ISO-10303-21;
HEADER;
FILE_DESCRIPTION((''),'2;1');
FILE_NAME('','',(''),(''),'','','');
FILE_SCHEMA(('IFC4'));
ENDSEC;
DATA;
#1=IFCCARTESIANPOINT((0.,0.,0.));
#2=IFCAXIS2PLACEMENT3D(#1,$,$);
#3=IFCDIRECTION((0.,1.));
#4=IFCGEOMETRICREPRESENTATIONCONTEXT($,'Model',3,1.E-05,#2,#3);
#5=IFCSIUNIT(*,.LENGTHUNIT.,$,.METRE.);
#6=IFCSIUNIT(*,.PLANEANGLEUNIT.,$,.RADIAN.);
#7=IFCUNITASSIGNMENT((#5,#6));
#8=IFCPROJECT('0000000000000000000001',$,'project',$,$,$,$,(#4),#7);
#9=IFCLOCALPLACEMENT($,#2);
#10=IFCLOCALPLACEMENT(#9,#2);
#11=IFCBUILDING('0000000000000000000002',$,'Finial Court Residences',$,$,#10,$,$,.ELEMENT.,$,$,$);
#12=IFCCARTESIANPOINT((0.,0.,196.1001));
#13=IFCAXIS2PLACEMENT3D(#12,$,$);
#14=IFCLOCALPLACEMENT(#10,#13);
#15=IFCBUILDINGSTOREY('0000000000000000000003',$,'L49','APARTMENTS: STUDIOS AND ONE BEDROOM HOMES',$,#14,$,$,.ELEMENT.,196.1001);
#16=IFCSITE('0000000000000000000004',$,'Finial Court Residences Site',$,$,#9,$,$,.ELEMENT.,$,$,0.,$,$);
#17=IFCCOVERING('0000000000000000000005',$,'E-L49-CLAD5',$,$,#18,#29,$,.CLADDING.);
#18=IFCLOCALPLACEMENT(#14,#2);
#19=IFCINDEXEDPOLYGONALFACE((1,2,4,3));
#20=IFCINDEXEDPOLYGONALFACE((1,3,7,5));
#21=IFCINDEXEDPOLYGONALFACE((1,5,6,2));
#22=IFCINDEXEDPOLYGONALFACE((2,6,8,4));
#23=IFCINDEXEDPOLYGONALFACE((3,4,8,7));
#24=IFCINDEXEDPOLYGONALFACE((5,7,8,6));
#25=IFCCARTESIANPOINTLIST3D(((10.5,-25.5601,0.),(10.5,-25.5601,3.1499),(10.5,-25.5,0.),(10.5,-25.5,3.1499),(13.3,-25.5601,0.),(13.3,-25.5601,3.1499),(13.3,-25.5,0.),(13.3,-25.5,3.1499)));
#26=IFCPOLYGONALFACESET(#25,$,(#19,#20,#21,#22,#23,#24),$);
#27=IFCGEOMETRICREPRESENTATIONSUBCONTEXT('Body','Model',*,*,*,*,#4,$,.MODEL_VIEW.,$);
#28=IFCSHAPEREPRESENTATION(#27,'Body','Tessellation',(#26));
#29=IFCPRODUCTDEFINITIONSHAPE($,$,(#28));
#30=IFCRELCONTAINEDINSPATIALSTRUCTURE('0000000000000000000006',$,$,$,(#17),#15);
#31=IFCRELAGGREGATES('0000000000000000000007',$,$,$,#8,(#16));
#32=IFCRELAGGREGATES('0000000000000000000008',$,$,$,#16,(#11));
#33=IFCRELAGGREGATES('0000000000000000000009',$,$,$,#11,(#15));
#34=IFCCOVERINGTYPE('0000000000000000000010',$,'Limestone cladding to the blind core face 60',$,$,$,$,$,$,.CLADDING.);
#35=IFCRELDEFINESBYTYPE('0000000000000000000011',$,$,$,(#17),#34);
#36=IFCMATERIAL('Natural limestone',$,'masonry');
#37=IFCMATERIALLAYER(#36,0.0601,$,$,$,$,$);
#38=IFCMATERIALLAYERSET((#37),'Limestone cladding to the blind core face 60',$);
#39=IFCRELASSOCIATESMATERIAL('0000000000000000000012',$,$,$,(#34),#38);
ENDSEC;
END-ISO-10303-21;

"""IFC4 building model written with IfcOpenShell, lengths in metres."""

from ifc_helpers import new_model, si_unit, direction, frame, origin, place, context, subcontext, project, spatial, polyline, outline, extrude, material, layer, layer_set, type_object, element, save


model = new_model("IFC4")

# Units and contexts
model_context = context("Model", 3, precision=1e-05, world=origin(), true_north=direction((0.0, 1.0)))
body_context = subcontext(model_context, "Body", "Model", "MODEL_VIEW")
ifc_project = project(units=[si_unit("LENGTHUNIT", "METRE"), si_unit("PLANEANGLEUNIT", "RADIAN")], contexts=[model_context])

# Site, building, storey
site_placement = place(None, origin())
site = spatial("IfcSite", under=ifc_project, at=site_placement, Name="Finial Court Residences Site", CompositionType="ELEMENT", RefElevation=0.0)
building_placement = place(site_placement, origin())
building = spatial("IfcBuilding", under=site, at=building_placement, Name="Finial Court Residences", CompositionType="ELEMENT")
storey_placement = place(building_placement, frame((0.0, 0.0, 196.1001)))
storey = spatial("IfcBuildingStorey", under=building, at=storey_placement, Name="L49", Description="APARTMENTS: STUDIOS AND ONE BEDROOM HOMES", CompositionType="ELEMENT", Elevation=196.1001)

# Covering
ifc_material_1 = material(Name="Natural limestone", Category="masonry")
ifc_layer_1 = layer(ifc_material_1, 0.0601)
ifc_layer_set_1 = layer_set([ifc_layer_1], Name="Limestone cladding to the blind core face 60")
covering_type = type_object("IfcCoveringType", Name="Limestone cladding to the blind core face 60", PredefinedType="CLADDING", material=ifc_layer_set_1)
covering_1_placement = place(storey_placement, origin())
element("IfcCovering", 1, at=covering_1_placement, inside=storey, type_object=covering_type, Name="E-L49-CLAD5", PredefinedType="CLADDING", context=body_context, shape_type="SweptSolid", body=[
    extrude(outline(polyline([(13.3, -25.5601), (13.3, -25.5), (10.5, -25.5), (10.5, -25.5601), (13.3, -25.5601)])), origin(), (0.0, 0.0, 1.0), 3.1499),
])

save(model, "model.ifc")
